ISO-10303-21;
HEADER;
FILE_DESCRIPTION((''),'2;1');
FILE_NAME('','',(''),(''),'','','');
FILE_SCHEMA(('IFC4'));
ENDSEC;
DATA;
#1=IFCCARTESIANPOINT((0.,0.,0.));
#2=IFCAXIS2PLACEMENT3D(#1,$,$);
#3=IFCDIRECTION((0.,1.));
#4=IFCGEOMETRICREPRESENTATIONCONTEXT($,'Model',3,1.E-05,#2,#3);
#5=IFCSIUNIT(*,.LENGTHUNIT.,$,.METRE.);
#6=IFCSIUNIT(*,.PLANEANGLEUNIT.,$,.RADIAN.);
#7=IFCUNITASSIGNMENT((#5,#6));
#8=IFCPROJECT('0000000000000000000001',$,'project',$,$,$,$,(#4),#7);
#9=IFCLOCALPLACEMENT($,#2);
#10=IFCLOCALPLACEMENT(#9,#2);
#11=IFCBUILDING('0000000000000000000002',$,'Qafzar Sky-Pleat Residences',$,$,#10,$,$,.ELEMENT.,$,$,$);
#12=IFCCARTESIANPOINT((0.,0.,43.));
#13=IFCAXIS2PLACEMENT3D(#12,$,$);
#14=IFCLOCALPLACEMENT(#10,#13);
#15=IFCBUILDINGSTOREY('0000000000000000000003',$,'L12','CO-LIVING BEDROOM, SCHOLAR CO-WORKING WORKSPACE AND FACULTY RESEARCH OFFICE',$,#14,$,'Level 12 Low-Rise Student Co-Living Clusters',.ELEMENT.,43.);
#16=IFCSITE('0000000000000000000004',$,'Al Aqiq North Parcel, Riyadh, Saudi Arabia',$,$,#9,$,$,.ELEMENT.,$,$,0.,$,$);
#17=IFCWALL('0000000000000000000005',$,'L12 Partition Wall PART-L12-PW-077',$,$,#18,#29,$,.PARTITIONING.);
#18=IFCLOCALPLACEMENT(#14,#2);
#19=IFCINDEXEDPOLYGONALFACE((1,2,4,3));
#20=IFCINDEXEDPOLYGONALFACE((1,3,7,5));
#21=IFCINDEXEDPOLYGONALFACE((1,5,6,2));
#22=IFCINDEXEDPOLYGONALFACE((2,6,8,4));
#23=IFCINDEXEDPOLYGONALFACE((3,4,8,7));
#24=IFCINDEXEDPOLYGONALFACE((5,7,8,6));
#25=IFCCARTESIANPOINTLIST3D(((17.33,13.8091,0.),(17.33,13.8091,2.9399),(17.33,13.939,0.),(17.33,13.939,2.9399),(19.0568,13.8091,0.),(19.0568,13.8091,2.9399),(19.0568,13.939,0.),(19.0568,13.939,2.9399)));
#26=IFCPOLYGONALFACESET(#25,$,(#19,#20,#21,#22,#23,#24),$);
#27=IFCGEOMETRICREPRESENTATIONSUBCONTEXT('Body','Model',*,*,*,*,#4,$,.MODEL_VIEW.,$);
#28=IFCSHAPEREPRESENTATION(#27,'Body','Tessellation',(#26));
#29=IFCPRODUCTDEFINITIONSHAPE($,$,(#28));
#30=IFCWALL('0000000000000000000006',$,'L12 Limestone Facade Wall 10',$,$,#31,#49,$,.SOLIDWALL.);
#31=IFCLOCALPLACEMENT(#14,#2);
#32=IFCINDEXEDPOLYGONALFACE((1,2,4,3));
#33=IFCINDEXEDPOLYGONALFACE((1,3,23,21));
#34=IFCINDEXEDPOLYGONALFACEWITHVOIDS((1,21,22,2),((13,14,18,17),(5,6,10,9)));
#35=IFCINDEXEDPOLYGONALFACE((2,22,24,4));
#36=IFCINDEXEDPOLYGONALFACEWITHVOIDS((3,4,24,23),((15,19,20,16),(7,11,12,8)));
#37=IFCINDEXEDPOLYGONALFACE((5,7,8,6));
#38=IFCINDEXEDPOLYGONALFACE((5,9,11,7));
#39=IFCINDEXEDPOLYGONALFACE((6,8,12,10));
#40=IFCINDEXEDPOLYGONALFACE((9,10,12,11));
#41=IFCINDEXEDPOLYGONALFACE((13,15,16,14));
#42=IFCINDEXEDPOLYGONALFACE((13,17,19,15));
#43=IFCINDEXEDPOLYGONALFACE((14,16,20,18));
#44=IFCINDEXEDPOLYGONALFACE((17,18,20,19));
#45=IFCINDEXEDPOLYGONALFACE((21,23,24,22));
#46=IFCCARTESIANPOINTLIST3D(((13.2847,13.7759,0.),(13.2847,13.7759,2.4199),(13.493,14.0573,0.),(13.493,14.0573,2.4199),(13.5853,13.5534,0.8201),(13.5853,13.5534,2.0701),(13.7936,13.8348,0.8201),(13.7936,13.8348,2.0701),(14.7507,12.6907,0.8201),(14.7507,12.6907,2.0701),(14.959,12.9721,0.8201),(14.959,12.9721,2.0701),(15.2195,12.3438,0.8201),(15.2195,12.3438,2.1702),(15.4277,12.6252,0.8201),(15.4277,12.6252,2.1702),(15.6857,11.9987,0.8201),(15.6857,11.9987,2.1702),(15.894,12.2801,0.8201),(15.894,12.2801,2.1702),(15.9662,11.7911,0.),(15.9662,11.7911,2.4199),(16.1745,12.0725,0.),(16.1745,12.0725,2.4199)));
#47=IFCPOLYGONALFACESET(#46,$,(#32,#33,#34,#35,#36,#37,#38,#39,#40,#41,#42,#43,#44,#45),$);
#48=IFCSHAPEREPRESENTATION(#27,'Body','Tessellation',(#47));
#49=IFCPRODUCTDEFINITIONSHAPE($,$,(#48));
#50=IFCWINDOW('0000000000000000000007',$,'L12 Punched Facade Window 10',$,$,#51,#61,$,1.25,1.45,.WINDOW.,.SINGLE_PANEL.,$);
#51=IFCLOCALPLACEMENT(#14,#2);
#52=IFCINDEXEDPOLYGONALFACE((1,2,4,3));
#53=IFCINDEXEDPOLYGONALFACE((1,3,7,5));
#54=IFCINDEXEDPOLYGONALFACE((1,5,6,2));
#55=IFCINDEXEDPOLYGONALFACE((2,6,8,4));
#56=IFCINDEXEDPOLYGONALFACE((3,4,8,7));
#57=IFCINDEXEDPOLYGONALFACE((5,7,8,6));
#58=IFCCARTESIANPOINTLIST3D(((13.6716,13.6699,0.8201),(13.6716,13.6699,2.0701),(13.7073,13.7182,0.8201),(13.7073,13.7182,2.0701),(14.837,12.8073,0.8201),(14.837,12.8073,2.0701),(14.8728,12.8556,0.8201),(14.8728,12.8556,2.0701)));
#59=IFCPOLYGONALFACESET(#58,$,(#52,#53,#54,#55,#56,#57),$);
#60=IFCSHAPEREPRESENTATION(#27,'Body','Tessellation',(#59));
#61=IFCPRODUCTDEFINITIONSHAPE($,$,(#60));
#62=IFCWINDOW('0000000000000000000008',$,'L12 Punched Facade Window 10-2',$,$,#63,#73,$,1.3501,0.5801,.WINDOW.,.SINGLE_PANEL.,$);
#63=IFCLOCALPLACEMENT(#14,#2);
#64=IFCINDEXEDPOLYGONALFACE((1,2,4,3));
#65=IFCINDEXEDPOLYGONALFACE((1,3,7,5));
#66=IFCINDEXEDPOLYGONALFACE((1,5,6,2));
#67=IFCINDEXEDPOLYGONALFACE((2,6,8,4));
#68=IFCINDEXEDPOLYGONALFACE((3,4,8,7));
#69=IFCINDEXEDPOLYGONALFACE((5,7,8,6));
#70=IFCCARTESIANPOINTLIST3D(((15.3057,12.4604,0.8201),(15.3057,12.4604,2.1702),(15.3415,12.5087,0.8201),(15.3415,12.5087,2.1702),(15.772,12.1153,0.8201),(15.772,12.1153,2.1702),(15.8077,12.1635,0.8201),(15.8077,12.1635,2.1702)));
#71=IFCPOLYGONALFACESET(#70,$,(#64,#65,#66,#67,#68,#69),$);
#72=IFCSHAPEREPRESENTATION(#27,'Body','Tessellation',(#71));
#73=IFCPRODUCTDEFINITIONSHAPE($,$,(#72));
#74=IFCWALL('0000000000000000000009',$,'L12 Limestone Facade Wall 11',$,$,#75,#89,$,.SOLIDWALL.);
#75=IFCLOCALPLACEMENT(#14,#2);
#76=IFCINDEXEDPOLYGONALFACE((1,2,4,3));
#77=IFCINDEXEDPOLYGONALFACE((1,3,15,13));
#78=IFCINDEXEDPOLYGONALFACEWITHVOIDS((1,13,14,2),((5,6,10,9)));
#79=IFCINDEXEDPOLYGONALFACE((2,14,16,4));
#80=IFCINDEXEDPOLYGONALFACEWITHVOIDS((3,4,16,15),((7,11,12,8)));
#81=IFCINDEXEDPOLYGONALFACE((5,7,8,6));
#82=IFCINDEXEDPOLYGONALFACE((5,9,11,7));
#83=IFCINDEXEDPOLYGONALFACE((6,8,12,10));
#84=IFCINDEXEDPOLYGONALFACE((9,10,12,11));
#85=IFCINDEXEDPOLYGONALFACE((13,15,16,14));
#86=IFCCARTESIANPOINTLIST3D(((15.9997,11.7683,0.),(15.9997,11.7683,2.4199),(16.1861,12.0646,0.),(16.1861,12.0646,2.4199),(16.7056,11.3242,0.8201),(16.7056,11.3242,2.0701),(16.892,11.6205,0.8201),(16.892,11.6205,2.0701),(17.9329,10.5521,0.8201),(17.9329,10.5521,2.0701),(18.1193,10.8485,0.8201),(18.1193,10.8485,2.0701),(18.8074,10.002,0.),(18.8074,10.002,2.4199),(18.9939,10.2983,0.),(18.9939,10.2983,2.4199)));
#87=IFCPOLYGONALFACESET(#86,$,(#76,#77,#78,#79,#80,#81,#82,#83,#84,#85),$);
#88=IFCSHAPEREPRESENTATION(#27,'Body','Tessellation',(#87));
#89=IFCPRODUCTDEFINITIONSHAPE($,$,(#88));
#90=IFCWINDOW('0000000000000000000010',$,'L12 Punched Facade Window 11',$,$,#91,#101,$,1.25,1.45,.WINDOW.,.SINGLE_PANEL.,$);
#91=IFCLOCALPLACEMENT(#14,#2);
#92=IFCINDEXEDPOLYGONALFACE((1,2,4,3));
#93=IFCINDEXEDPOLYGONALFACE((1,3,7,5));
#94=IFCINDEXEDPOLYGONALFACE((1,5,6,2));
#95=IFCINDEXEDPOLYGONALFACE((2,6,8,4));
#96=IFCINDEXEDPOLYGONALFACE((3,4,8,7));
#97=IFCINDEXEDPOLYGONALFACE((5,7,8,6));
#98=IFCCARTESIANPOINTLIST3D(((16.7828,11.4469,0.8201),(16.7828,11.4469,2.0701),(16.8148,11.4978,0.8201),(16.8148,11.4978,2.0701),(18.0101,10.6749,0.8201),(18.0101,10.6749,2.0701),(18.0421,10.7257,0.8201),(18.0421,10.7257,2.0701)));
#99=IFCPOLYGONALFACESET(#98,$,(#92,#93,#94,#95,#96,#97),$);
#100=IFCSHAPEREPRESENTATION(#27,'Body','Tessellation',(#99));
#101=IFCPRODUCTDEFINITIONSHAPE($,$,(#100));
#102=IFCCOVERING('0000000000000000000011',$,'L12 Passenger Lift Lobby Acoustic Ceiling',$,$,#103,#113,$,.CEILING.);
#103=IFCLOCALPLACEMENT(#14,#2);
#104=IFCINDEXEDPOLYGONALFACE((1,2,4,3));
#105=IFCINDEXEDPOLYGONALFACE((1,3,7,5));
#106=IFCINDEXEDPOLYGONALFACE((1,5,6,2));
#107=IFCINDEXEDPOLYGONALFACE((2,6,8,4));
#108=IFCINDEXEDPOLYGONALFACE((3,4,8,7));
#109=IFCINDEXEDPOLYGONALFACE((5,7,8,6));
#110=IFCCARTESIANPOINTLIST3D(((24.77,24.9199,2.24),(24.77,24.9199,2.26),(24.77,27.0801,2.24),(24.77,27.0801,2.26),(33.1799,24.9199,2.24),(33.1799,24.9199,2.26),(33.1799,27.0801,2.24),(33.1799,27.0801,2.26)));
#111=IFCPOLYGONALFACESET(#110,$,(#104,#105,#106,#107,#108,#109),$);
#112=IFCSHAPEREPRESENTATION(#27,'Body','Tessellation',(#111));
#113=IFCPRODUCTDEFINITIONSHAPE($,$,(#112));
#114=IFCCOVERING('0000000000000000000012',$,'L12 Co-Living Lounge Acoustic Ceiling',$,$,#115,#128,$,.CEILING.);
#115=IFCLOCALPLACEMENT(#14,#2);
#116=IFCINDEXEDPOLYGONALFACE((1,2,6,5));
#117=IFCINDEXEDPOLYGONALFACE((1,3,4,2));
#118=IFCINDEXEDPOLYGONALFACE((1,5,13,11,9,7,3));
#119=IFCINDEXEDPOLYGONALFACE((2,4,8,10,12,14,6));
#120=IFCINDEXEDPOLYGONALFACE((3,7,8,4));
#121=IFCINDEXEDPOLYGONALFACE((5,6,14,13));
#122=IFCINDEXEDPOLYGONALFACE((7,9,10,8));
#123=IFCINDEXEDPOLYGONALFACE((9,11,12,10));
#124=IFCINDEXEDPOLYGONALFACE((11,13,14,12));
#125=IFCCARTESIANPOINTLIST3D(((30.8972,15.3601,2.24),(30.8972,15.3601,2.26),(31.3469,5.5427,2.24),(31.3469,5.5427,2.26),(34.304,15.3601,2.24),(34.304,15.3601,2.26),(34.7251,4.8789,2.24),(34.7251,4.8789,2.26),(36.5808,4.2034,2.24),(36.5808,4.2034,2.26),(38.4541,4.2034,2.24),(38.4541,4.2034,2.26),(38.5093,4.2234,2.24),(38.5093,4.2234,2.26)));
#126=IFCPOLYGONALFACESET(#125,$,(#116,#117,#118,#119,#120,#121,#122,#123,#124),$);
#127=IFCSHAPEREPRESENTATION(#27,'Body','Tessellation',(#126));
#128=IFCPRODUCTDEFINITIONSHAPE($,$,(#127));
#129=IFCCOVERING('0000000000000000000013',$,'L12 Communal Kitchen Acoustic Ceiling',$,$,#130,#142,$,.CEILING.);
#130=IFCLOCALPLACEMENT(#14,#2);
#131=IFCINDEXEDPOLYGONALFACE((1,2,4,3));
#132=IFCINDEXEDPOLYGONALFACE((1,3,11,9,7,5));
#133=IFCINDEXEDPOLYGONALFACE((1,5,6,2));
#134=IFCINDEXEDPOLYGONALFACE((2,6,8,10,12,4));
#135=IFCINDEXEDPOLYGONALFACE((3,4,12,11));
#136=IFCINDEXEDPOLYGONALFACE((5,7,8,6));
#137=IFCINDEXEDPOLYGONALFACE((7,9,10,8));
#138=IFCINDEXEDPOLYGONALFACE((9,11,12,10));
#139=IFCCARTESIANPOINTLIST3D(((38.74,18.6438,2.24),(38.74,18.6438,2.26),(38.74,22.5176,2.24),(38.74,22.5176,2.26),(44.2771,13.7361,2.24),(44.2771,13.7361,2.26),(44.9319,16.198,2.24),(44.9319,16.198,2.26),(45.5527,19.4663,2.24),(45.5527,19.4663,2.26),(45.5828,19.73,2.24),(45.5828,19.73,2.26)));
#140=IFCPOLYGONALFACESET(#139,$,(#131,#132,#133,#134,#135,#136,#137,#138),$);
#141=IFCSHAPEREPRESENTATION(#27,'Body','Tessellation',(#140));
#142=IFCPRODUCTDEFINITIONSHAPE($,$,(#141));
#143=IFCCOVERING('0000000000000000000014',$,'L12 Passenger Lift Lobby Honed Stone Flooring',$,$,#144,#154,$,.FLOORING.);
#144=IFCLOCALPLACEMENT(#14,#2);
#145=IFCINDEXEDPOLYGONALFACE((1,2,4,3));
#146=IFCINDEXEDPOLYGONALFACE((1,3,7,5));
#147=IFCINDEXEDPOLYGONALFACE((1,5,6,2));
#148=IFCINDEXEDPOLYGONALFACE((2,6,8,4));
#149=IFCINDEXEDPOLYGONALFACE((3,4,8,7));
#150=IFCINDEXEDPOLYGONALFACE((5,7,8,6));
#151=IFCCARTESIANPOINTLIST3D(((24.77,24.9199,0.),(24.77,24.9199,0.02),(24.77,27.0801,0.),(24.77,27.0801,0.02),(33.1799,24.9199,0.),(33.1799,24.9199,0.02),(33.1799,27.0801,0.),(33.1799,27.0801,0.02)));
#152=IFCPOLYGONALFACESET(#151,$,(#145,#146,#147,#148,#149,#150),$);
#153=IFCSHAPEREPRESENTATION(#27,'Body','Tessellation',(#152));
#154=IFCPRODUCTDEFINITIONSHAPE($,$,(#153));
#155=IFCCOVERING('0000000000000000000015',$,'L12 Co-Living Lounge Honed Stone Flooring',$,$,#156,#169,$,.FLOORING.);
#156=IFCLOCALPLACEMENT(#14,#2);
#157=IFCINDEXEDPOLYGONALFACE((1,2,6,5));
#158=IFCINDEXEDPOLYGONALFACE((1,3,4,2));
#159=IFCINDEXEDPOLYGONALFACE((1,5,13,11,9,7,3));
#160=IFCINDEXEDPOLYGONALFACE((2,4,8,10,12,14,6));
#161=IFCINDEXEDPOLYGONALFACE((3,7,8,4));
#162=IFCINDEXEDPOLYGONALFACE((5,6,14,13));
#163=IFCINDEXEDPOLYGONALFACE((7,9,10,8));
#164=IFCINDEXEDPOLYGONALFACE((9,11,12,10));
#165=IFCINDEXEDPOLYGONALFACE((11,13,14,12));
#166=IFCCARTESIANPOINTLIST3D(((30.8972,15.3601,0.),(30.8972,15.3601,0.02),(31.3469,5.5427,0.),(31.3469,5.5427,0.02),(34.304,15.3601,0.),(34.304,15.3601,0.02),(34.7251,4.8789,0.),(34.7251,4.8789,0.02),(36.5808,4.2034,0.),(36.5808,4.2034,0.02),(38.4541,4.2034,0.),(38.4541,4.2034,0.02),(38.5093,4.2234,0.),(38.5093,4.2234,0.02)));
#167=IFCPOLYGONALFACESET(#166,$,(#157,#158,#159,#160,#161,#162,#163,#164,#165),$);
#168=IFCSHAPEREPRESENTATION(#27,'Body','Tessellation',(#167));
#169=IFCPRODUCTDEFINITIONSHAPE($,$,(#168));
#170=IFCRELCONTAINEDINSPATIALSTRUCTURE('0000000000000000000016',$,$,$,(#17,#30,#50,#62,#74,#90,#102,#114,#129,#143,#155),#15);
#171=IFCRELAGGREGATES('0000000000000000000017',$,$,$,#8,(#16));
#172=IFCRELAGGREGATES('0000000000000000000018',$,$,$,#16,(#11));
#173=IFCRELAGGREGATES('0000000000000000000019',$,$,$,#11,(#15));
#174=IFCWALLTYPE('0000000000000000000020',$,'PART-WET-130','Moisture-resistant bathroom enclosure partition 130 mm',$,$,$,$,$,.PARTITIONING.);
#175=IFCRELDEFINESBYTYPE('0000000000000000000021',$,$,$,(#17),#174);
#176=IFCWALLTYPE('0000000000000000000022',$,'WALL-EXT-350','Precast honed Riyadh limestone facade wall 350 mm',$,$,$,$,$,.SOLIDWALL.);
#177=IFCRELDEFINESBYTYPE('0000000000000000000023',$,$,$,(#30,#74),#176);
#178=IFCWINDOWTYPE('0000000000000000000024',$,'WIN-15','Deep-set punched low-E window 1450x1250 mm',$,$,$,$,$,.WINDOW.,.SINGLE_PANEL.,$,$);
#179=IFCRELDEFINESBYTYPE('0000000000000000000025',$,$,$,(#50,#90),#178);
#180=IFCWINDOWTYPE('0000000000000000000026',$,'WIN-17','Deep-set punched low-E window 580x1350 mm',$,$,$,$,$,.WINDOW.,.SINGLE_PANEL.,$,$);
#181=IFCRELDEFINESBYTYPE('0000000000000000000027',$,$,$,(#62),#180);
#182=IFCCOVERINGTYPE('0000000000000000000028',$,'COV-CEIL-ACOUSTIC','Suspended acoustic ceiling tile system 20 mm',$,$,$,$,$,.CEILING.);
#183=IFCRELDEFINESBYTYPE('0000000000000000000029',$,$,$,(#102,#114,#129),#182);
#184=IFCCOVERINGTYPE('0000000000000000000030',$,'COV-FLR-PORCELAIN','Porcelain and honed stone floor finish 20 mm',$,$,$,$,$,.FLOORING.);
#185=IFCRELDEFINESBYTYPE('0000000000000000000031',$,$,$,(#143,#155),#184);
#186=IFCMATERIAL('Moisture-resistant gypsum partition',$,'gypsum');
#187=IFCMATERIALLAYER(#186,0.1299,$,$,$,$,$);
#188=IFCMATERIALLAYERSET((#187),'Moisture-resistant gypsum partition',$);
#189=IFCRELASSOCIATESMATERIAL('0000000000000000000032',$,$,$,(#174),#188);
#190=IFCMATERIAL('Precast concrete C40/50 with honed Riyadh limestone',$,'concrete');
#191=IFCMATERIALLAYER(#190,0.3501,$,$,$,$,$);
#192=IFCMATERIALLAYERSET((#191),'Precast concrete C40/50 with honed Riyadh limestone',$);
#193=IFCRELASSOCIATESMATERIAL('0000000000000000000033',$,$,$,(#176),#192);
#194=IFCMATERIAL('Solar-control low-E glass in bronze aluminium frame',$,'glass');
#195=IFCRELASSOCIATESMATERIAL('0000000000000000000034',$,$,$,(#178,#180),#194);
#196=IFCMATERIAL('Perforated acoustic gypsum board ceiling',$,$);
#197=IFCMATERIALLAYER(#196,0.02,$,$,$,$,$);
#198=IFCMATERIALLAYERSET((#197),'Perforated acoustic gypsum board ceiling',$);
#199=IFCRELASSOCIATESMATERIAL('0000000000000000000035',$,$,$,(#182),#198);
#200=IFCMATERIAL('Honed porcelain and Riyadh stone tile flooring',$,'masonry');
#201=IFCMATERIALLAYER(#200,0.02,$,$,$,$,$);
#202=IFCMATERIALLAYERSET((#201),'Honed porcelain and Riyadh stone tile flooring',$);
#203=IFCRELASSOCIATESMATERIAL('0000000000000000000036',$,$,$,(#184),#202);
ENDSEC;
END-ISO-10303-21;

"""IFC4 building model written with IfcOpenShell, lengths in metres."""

from ifc_helpers import new_model, si_unit, direction, frame, frame_2d, origin, place, context, subcontext, project, spatial, polyline, rectangle, outline, extrude, source, transform, mapped, material, layer, layer_set, type_object, element, fill, save


model = new_model("IFC4")

# Units and contexts
model_context = context("Model", 3, precision=1e-05, world=origin(), true_north=direction((0.0, 1.0)))
body_context = subcontext(model_context, "Body", "Model", "MODEL_VIEW")
ifc_project = project(units=[si_unit("LENGTHUNIT", "METRE"), si_unit("PLANEANGLEUNIT", "RADIAN")], contexts=[model_context])

# Site, building, storey
site_placement = place(None, origin())
site = spatial("IfcSite", under=ifc_project, at=site_placement, Name="Al Aqiq North Parcel, Riyadh, Saudi Arabia", CompositionType="ELEMENT", RefElevation=0.0)
building_placement = place(site_placement, origin())
building = spatial("IfcBuilding", under=site, at=building_placement, Name="Qafzar Sky-Pleat Residences", CompositionType="ELEMENT")
storey_placement = place(building_placement, frame((0.0, 0.0, 43.0)))
storey = spatial("IfcBuildingStorey", under=building, at=storey_placement, Name="L12", Description="CO-LIVING BEDROOM, SCHOLAR CO-WORKING WORKSPACE AND FACULTY RESEARCH OFFICE", LongName="Level 12 Low-Rise Student Co-Living Clusters", CompositionType="ELEMENT", Elevation=43.0)

# Wall
ifc_material_1 = material(Name="Moisture-resistant gypsum partition", Category="gypsum")
ifc_layer_1 = layer(ifc_material_1, 0.1299)
ifc_layer_set_1 = layer_set([ifc_layer_1], Name="Moisture-resistant gypsum partition")
wall_type_1 = type_object("IfcWallType", Name="PART-WET-130", Description="Moisture-resistant bathroom enclosure partition 130 mm", PredefinedType="PARTITIONING", material=ifc_layer_set_1)
wall_1_placement = place(storey_placement, frame((17.3301, 13.874, 0.0), z_axis=(0.0, 0.0, 1.0), x_axis=(1.0, 0.0, 0.0)))
element("IfcWall", 1, at=wall_1_placement, inside=storey, type_object=wall_type_1, Name="L12 Partition Wall PART-L12-PW-077", PredefinedType="PARTITIONING", context=body_context, shape_type="SweptSolid", body=[
    extrude(rectangle(XDim=1.7268, YDim=0.1299, at=frame_2d((0.8633, 0.0))), origin(), (0.0, 0.0, 1.0), 2.9399),
])

# Wall, openings, windows
ifc_material_2 = material(Name="Precast concrete C40/50 with honed Riyadh limestone", Category="concrete")
ifc_layer_2 = layer(ifc_material_2, 0.3501)
ifc_layer_set_2 = layer_set([ifc_layer_2], Name="Precast concrete C40/50 with honed Riyadh limestone")
wall_type_2 = type_object("IfcWallType", Name="WALL-EXT-350", Description="Precast honed Riyadh limestone facade wall 350 mm", PredefinedType="SOLIDWALL", material=ifc_layer_set_2)
wall_2_placement = place(storey_placement, frame((13.3889, 13.9165, 0.0), z_axis=(0.0, 0.0, 1.0), x_axis=(0.803778, -0.59493, 0.0)))
wall_2 = element("IfcWall", 2, at=wall_2_placement, inside=storey, type_object=wall_type_2, Name="L12 Limestone Facade Wall 10", PredefinedType="SOLIDWALL", context=body_context, shape_type="SweptSolid", body=[
    extrude(rectangle(XDim=3.3362, YDim=0.3501, at=frame_2d((1.668, 0.0))), origin(), (0.0, 0.0, 1.0), 2.4199),
])
opening_1_placement = place(wall_2_placement, frame((0.3738, 0.0, 0.8201)))
opening_1 = element("IfcOpeningElement", 3, at=opening_1_placement, cuts=wall_2, PredefinedType="OPENING", context=body_context, shape_type="SweptSolid", body=[
    extrude(rectangle(XDim=1.45, YDim=1.25, at=frame_2d((0.7251, 0.625))), frame((0.0, 0.1851, 0.0), z_axis=(0.0, -1.0, 0.0), x_axis=(1.0, 0.0, 0.0)), (0.0, 0.0, 1.0), 0.3701),
])
opening_2_placement = place(wall_2_placement, frame((2.407, 0.0, 0.8201)))
opening_2 = element("IfcOpeningElement", 4, at=opening_2_placement, cuts=wall_2, PredefinedType="OPENING", context=body_context, shape_type="SweptSolid", body=[
    extrude(rectangle(XDim=0.5801, YDim=1.3501, at=frame_2d((0.29, 0.675))), frame((0.0, 0.1851, 0.0), z_axis=(0.0, -1.0, 0.0), x_axis=(1.0, 0.0, 0.0)), (0.0, 0.0, 1.0), 0.3701),
])
ifc_material_3 = material(Name="Solar-control low-E glass in bronze aluminium frame", Category="glass")
window_type_1 = type_object("IfcWindowType", Name="WIN-15", Description="Deep-set punched low-E window 1450x1250 mm", PartitioningType="SINGLE_PANEL", PredefinedType="WINDOW", material=ifc_material_3)
shared_shape_1 = source(origin(), body_context, "Body", "SweptSolid", [
    extrude(rectangle(XDim=1.45, YDim=1.25, at=frame_2d((0.7251, 0.625))), frame((0.0, 0.03, 0.0), z_axis=(0.0, -1.0, 0.0), x_axis=(1.0, 0.0, 0.0)), (0.0, 0.0, 1.0), 0.0601),
])
window_1_placement = place(opening_1_placement, origin())
window_1 = element("IfcWindow", 5, at=window_1_placement, inside=storey, type_object=window_type_1, Name="L12 Punched Facade Window 10", OverallHeight=1.25, OverallWidth=1.45, PartitioningType="SINGLE_PANEL", PredefinedType="WINDOW", context=body_context, shape_type="MappedRepresentation", body=[
    mapped(shared_shape_1, transform((0.0, 0.0, 0.0), x_axis=(1.0, 0.0, 0.0), y_axis=(0.0, 1.0, 0.0), z_axis=(0.0, 0.0, 1.0), scale=1.0)),
])
fill(opening_1, window_1)
window_type_2 = type_object("IfcWindowType", Name="WIN-17", Description="Deep-set punched low-E window 580x1350 mm", PartitioningType="SINGLE_PANEL", PredefinedType="WINDOW", material=ifc_material_3)
shared_shape_2 = source(origin(), body_context, "Body", "SweptSolid", [
    extrude(rectangle(XDim=0.5801, YDim=1.3501, at=frame_2d((0.29, 0.675))), frame((0.0, 0.03, 0.0), z_axis=(0.0, -1.0, 0.0), x_axis=(1.0, 0.0, 0.0)), (0.0, 0.0, 1.0), 0.0601),
])
window_2_placement = place(opening_2_placement, origin())
window_2 = element("IfcWindow", 6, at=window_2_placement, inside=storey, type_object=window_type_2, Name="L12 Punched Facade Window 10-2", OverallHeight=1.3501, OverallWidth=0.5801, PartitioningType="SINGLE_PANEL", PredefinedType="WINDOW", context=body_context, shape_type="MappedRepresentation", body=[
    mapped(shared_shape_2, transform((0.0, 0.0, 0.0), x_axis=(1.0, 0.0, 0.0), y_axis=(0.0, 1.0, 0.0), z_axis=(0.0, 0.0, 1.0), scale=1.0)),
])
fill(opening_2, window_2)

# Wall, opening, window
wall_3_placement = place(storey_placement, frame((16.0928, 11.9165, 0.0), z_axis=(0.0, 0.0, 1.0), x_axis=(0.846444, -0.532477, 0.0)))
wall_3 = element("IfcWall", 7, at=wall_3_placement, inside=storey, type_object=wall_type_2, Name="L12 Limestone Facade Wall 11", PredefinedType="SOLIDWALL", context=body_context, shape_type="SweptSolid", body=[
    extrude(rectangle(XDim=3.3171, YDim=0.3501, at=frame_2d((1.6587, 0.0))), origin(), (0.0, 0.0, 1.0), 2.4199),
])
opening_3_placement = place(wall_3_placement, frame((0.834, 0.0, 0.8201)))
opening_3 = element("IfcOpeningElement", 8, at=opening_3_placement, cuts=wall_3, PredefinedType="OPENING", context=body_context, shape_type="SweptSolid", body=[
    extrude(rectangle(XDim=1.45, YDim=1.25, at=frame_2d((0.7251, 0.625))), frame((0.0, 0.1851, 0.0), z_axis=(0.0, -1.0, 0.0), x_axis=(1.0, 0.0, 0.0)), (0.0, 0.0, 1.0), 0.3701),
])
window_3_placement = place(opening_3_placement, origin())
window_3 = element("IfcWindow", 9, at=window_3_placement, inside=storey, type_object=window_type_1, Name="L12 Punched Facade Window 11", OverallHeight=1.25, OverallWidth=1.45, PartitioningType="SINGLE_PANEL", PredefinedType="WINDOW", context=body_context, shape_type="MappedRepresentation", body=[
    mapped(shared_shape_1, transform((0.0, 0.0, 0.0), x_axis=(1.0, 0.0, 0.0), y_axis=(0.0, 1.0, 0.0), z_axis=(0.0, 0.0, 1.0), scale=1.0)),
])
fill(opening_3, window_3)

# Coverings
ifc_material_4 = material(Name="Perforated acoustic gypsum board ceiling")
ifc_layer_3 = layer(ifc_material_4, 0.02)
ifc_layer_set_3 = layer_set([ifc_layer_3], Name="Perforated acoustic gypsum board ceiling")
covering_type_1 = type_object("IfcCoveringType", Name="COV-CEIL-ACOUSTIC", Description="Suspended acoustic ceiling tile system 20 mm", PredefinedType="CEILING", material=ifc_layer_set_3)
covering_1_placement = place(storey_placement, frame((0.0, 0.0, 2.24)))
element("IfcCovering", 10, at=covering_1_placement, inside=storey, type_object=covering_type_1, Name="L12 Passenger Lift Lobby Acoustic Ceiling", PredefinedType="CEILING", context=body_context, shape_type="SweptSolid", body=[
    extrude(outline(polyline([(33.1799, 24.9199), (24.77, 24.9199), (24.77, 27.0801), (33.1799, 27.0801), (33.1799, 24.9199)])), origin(), (0.0, 0.0, 1.0), 0.02),
])
covering_2_placement = place(storey_placement, frame((0.0, 0.0, 2.24)))
element("IfcCovering", 11, at=covering_2_placement, inside=storey, type_object=covering_type_1, Name="L12 Co-Living Lounge Acoustic Ceiling", PredefinedType="CEILING", context=body_context, shape_type="SweptSolid", body=[
    extrude(outline(polyline([(38.4541, 4.2034), (36.5808, 4.2034), (34.7251, 4.8789), (31.3469, 5.5427), (30.8972, 15.3601), (34.304, 15.3601), (38.5093, 4.2234), (38.4541, 4.2034)])), origin(), (0.0, 0.0, 1.0), 0.02),
])
covering_3_placement = place(storey_placement, frame((0.0, 0.0, 2.24)))
element("IfcCovering", 12, at=covering_3_placement, inside=storey, type_object=covering_type_1, Name="L12 Communal Kitchen Acoustic Ceiling", PredefinedType="CEILING", context=body_context, shape_type="SweptSolid", body=[
    extrude(outline(polyline([(45.5527, 19.4663), (44.9319, 16.198), (44.2771, 13.7361), (38.74, 18.6438), (38.74, 22.5176), (45.5828, 19.73), (45.5527, 19.4663)])), origin(), (0.0, 0.0, 1.0), 0.02),
])
ifc_material_5 = material(Name="Honed porcelain and Riyadh stone tile flooring", Category="masonry")
ifc_layer_4 = layer(ifc_material_5, 0.02)
ifc_layer_set_4 = layer_set([ifc_layer_4], Name="Honed porcelain and Riyadh stone tile flooring")
covering_type_2 = type_object("IfcCoveringType", Name="COV-FLR-PORCELAIN", Description="Porcelain and honed stone floor finish 20 mm", PredefinedType="FLOORING", material=ifc_layer_set_4)
covering_4_placement = place(storey_placement, origin())
element("IfcCovering", 13, at=covering_4_placement, inside=storey, type_object=covering_type_2, Name="L12 Passenger Lift Lobby Honed Stone Flooring", PredefinedType="FLOORING", context=body_context, shape_type="SweptSolid", body=[
    extrude(outline(polyline([(33.1799, 24.9199), (24.77, 24.9199), (24.77, 27.0801), (33.1799, 27.0801), (33.1799, 24.9199)])), origin(), (0.0, 0.0, 1.0), 0.02),
])
covering_5_placement = place(storey_placement, origin())
element("IfcCovering", 14, at=covering_5_placement, inside=storey, type_object=covering_type_2, Name="L12 Co-Living Lounge Honed Stone Flooring", PredefinedType="FLOORING", context=body_context, shape_type="SweptSolid", body=[
    extrude(outline(polyline([(38.4541, 4.2034), (36.5808, 4.2034), (34.7251, 4.8789), (31.3469, 5.5427), (30.8972, 15.3601), (34.304, 15.3601), (38.5093, 4.2234), (38.4541, 4.2034)])), origin(), (0.0, 0.0, 1.0), 0.02),
])

save(model, "model.ifc")
